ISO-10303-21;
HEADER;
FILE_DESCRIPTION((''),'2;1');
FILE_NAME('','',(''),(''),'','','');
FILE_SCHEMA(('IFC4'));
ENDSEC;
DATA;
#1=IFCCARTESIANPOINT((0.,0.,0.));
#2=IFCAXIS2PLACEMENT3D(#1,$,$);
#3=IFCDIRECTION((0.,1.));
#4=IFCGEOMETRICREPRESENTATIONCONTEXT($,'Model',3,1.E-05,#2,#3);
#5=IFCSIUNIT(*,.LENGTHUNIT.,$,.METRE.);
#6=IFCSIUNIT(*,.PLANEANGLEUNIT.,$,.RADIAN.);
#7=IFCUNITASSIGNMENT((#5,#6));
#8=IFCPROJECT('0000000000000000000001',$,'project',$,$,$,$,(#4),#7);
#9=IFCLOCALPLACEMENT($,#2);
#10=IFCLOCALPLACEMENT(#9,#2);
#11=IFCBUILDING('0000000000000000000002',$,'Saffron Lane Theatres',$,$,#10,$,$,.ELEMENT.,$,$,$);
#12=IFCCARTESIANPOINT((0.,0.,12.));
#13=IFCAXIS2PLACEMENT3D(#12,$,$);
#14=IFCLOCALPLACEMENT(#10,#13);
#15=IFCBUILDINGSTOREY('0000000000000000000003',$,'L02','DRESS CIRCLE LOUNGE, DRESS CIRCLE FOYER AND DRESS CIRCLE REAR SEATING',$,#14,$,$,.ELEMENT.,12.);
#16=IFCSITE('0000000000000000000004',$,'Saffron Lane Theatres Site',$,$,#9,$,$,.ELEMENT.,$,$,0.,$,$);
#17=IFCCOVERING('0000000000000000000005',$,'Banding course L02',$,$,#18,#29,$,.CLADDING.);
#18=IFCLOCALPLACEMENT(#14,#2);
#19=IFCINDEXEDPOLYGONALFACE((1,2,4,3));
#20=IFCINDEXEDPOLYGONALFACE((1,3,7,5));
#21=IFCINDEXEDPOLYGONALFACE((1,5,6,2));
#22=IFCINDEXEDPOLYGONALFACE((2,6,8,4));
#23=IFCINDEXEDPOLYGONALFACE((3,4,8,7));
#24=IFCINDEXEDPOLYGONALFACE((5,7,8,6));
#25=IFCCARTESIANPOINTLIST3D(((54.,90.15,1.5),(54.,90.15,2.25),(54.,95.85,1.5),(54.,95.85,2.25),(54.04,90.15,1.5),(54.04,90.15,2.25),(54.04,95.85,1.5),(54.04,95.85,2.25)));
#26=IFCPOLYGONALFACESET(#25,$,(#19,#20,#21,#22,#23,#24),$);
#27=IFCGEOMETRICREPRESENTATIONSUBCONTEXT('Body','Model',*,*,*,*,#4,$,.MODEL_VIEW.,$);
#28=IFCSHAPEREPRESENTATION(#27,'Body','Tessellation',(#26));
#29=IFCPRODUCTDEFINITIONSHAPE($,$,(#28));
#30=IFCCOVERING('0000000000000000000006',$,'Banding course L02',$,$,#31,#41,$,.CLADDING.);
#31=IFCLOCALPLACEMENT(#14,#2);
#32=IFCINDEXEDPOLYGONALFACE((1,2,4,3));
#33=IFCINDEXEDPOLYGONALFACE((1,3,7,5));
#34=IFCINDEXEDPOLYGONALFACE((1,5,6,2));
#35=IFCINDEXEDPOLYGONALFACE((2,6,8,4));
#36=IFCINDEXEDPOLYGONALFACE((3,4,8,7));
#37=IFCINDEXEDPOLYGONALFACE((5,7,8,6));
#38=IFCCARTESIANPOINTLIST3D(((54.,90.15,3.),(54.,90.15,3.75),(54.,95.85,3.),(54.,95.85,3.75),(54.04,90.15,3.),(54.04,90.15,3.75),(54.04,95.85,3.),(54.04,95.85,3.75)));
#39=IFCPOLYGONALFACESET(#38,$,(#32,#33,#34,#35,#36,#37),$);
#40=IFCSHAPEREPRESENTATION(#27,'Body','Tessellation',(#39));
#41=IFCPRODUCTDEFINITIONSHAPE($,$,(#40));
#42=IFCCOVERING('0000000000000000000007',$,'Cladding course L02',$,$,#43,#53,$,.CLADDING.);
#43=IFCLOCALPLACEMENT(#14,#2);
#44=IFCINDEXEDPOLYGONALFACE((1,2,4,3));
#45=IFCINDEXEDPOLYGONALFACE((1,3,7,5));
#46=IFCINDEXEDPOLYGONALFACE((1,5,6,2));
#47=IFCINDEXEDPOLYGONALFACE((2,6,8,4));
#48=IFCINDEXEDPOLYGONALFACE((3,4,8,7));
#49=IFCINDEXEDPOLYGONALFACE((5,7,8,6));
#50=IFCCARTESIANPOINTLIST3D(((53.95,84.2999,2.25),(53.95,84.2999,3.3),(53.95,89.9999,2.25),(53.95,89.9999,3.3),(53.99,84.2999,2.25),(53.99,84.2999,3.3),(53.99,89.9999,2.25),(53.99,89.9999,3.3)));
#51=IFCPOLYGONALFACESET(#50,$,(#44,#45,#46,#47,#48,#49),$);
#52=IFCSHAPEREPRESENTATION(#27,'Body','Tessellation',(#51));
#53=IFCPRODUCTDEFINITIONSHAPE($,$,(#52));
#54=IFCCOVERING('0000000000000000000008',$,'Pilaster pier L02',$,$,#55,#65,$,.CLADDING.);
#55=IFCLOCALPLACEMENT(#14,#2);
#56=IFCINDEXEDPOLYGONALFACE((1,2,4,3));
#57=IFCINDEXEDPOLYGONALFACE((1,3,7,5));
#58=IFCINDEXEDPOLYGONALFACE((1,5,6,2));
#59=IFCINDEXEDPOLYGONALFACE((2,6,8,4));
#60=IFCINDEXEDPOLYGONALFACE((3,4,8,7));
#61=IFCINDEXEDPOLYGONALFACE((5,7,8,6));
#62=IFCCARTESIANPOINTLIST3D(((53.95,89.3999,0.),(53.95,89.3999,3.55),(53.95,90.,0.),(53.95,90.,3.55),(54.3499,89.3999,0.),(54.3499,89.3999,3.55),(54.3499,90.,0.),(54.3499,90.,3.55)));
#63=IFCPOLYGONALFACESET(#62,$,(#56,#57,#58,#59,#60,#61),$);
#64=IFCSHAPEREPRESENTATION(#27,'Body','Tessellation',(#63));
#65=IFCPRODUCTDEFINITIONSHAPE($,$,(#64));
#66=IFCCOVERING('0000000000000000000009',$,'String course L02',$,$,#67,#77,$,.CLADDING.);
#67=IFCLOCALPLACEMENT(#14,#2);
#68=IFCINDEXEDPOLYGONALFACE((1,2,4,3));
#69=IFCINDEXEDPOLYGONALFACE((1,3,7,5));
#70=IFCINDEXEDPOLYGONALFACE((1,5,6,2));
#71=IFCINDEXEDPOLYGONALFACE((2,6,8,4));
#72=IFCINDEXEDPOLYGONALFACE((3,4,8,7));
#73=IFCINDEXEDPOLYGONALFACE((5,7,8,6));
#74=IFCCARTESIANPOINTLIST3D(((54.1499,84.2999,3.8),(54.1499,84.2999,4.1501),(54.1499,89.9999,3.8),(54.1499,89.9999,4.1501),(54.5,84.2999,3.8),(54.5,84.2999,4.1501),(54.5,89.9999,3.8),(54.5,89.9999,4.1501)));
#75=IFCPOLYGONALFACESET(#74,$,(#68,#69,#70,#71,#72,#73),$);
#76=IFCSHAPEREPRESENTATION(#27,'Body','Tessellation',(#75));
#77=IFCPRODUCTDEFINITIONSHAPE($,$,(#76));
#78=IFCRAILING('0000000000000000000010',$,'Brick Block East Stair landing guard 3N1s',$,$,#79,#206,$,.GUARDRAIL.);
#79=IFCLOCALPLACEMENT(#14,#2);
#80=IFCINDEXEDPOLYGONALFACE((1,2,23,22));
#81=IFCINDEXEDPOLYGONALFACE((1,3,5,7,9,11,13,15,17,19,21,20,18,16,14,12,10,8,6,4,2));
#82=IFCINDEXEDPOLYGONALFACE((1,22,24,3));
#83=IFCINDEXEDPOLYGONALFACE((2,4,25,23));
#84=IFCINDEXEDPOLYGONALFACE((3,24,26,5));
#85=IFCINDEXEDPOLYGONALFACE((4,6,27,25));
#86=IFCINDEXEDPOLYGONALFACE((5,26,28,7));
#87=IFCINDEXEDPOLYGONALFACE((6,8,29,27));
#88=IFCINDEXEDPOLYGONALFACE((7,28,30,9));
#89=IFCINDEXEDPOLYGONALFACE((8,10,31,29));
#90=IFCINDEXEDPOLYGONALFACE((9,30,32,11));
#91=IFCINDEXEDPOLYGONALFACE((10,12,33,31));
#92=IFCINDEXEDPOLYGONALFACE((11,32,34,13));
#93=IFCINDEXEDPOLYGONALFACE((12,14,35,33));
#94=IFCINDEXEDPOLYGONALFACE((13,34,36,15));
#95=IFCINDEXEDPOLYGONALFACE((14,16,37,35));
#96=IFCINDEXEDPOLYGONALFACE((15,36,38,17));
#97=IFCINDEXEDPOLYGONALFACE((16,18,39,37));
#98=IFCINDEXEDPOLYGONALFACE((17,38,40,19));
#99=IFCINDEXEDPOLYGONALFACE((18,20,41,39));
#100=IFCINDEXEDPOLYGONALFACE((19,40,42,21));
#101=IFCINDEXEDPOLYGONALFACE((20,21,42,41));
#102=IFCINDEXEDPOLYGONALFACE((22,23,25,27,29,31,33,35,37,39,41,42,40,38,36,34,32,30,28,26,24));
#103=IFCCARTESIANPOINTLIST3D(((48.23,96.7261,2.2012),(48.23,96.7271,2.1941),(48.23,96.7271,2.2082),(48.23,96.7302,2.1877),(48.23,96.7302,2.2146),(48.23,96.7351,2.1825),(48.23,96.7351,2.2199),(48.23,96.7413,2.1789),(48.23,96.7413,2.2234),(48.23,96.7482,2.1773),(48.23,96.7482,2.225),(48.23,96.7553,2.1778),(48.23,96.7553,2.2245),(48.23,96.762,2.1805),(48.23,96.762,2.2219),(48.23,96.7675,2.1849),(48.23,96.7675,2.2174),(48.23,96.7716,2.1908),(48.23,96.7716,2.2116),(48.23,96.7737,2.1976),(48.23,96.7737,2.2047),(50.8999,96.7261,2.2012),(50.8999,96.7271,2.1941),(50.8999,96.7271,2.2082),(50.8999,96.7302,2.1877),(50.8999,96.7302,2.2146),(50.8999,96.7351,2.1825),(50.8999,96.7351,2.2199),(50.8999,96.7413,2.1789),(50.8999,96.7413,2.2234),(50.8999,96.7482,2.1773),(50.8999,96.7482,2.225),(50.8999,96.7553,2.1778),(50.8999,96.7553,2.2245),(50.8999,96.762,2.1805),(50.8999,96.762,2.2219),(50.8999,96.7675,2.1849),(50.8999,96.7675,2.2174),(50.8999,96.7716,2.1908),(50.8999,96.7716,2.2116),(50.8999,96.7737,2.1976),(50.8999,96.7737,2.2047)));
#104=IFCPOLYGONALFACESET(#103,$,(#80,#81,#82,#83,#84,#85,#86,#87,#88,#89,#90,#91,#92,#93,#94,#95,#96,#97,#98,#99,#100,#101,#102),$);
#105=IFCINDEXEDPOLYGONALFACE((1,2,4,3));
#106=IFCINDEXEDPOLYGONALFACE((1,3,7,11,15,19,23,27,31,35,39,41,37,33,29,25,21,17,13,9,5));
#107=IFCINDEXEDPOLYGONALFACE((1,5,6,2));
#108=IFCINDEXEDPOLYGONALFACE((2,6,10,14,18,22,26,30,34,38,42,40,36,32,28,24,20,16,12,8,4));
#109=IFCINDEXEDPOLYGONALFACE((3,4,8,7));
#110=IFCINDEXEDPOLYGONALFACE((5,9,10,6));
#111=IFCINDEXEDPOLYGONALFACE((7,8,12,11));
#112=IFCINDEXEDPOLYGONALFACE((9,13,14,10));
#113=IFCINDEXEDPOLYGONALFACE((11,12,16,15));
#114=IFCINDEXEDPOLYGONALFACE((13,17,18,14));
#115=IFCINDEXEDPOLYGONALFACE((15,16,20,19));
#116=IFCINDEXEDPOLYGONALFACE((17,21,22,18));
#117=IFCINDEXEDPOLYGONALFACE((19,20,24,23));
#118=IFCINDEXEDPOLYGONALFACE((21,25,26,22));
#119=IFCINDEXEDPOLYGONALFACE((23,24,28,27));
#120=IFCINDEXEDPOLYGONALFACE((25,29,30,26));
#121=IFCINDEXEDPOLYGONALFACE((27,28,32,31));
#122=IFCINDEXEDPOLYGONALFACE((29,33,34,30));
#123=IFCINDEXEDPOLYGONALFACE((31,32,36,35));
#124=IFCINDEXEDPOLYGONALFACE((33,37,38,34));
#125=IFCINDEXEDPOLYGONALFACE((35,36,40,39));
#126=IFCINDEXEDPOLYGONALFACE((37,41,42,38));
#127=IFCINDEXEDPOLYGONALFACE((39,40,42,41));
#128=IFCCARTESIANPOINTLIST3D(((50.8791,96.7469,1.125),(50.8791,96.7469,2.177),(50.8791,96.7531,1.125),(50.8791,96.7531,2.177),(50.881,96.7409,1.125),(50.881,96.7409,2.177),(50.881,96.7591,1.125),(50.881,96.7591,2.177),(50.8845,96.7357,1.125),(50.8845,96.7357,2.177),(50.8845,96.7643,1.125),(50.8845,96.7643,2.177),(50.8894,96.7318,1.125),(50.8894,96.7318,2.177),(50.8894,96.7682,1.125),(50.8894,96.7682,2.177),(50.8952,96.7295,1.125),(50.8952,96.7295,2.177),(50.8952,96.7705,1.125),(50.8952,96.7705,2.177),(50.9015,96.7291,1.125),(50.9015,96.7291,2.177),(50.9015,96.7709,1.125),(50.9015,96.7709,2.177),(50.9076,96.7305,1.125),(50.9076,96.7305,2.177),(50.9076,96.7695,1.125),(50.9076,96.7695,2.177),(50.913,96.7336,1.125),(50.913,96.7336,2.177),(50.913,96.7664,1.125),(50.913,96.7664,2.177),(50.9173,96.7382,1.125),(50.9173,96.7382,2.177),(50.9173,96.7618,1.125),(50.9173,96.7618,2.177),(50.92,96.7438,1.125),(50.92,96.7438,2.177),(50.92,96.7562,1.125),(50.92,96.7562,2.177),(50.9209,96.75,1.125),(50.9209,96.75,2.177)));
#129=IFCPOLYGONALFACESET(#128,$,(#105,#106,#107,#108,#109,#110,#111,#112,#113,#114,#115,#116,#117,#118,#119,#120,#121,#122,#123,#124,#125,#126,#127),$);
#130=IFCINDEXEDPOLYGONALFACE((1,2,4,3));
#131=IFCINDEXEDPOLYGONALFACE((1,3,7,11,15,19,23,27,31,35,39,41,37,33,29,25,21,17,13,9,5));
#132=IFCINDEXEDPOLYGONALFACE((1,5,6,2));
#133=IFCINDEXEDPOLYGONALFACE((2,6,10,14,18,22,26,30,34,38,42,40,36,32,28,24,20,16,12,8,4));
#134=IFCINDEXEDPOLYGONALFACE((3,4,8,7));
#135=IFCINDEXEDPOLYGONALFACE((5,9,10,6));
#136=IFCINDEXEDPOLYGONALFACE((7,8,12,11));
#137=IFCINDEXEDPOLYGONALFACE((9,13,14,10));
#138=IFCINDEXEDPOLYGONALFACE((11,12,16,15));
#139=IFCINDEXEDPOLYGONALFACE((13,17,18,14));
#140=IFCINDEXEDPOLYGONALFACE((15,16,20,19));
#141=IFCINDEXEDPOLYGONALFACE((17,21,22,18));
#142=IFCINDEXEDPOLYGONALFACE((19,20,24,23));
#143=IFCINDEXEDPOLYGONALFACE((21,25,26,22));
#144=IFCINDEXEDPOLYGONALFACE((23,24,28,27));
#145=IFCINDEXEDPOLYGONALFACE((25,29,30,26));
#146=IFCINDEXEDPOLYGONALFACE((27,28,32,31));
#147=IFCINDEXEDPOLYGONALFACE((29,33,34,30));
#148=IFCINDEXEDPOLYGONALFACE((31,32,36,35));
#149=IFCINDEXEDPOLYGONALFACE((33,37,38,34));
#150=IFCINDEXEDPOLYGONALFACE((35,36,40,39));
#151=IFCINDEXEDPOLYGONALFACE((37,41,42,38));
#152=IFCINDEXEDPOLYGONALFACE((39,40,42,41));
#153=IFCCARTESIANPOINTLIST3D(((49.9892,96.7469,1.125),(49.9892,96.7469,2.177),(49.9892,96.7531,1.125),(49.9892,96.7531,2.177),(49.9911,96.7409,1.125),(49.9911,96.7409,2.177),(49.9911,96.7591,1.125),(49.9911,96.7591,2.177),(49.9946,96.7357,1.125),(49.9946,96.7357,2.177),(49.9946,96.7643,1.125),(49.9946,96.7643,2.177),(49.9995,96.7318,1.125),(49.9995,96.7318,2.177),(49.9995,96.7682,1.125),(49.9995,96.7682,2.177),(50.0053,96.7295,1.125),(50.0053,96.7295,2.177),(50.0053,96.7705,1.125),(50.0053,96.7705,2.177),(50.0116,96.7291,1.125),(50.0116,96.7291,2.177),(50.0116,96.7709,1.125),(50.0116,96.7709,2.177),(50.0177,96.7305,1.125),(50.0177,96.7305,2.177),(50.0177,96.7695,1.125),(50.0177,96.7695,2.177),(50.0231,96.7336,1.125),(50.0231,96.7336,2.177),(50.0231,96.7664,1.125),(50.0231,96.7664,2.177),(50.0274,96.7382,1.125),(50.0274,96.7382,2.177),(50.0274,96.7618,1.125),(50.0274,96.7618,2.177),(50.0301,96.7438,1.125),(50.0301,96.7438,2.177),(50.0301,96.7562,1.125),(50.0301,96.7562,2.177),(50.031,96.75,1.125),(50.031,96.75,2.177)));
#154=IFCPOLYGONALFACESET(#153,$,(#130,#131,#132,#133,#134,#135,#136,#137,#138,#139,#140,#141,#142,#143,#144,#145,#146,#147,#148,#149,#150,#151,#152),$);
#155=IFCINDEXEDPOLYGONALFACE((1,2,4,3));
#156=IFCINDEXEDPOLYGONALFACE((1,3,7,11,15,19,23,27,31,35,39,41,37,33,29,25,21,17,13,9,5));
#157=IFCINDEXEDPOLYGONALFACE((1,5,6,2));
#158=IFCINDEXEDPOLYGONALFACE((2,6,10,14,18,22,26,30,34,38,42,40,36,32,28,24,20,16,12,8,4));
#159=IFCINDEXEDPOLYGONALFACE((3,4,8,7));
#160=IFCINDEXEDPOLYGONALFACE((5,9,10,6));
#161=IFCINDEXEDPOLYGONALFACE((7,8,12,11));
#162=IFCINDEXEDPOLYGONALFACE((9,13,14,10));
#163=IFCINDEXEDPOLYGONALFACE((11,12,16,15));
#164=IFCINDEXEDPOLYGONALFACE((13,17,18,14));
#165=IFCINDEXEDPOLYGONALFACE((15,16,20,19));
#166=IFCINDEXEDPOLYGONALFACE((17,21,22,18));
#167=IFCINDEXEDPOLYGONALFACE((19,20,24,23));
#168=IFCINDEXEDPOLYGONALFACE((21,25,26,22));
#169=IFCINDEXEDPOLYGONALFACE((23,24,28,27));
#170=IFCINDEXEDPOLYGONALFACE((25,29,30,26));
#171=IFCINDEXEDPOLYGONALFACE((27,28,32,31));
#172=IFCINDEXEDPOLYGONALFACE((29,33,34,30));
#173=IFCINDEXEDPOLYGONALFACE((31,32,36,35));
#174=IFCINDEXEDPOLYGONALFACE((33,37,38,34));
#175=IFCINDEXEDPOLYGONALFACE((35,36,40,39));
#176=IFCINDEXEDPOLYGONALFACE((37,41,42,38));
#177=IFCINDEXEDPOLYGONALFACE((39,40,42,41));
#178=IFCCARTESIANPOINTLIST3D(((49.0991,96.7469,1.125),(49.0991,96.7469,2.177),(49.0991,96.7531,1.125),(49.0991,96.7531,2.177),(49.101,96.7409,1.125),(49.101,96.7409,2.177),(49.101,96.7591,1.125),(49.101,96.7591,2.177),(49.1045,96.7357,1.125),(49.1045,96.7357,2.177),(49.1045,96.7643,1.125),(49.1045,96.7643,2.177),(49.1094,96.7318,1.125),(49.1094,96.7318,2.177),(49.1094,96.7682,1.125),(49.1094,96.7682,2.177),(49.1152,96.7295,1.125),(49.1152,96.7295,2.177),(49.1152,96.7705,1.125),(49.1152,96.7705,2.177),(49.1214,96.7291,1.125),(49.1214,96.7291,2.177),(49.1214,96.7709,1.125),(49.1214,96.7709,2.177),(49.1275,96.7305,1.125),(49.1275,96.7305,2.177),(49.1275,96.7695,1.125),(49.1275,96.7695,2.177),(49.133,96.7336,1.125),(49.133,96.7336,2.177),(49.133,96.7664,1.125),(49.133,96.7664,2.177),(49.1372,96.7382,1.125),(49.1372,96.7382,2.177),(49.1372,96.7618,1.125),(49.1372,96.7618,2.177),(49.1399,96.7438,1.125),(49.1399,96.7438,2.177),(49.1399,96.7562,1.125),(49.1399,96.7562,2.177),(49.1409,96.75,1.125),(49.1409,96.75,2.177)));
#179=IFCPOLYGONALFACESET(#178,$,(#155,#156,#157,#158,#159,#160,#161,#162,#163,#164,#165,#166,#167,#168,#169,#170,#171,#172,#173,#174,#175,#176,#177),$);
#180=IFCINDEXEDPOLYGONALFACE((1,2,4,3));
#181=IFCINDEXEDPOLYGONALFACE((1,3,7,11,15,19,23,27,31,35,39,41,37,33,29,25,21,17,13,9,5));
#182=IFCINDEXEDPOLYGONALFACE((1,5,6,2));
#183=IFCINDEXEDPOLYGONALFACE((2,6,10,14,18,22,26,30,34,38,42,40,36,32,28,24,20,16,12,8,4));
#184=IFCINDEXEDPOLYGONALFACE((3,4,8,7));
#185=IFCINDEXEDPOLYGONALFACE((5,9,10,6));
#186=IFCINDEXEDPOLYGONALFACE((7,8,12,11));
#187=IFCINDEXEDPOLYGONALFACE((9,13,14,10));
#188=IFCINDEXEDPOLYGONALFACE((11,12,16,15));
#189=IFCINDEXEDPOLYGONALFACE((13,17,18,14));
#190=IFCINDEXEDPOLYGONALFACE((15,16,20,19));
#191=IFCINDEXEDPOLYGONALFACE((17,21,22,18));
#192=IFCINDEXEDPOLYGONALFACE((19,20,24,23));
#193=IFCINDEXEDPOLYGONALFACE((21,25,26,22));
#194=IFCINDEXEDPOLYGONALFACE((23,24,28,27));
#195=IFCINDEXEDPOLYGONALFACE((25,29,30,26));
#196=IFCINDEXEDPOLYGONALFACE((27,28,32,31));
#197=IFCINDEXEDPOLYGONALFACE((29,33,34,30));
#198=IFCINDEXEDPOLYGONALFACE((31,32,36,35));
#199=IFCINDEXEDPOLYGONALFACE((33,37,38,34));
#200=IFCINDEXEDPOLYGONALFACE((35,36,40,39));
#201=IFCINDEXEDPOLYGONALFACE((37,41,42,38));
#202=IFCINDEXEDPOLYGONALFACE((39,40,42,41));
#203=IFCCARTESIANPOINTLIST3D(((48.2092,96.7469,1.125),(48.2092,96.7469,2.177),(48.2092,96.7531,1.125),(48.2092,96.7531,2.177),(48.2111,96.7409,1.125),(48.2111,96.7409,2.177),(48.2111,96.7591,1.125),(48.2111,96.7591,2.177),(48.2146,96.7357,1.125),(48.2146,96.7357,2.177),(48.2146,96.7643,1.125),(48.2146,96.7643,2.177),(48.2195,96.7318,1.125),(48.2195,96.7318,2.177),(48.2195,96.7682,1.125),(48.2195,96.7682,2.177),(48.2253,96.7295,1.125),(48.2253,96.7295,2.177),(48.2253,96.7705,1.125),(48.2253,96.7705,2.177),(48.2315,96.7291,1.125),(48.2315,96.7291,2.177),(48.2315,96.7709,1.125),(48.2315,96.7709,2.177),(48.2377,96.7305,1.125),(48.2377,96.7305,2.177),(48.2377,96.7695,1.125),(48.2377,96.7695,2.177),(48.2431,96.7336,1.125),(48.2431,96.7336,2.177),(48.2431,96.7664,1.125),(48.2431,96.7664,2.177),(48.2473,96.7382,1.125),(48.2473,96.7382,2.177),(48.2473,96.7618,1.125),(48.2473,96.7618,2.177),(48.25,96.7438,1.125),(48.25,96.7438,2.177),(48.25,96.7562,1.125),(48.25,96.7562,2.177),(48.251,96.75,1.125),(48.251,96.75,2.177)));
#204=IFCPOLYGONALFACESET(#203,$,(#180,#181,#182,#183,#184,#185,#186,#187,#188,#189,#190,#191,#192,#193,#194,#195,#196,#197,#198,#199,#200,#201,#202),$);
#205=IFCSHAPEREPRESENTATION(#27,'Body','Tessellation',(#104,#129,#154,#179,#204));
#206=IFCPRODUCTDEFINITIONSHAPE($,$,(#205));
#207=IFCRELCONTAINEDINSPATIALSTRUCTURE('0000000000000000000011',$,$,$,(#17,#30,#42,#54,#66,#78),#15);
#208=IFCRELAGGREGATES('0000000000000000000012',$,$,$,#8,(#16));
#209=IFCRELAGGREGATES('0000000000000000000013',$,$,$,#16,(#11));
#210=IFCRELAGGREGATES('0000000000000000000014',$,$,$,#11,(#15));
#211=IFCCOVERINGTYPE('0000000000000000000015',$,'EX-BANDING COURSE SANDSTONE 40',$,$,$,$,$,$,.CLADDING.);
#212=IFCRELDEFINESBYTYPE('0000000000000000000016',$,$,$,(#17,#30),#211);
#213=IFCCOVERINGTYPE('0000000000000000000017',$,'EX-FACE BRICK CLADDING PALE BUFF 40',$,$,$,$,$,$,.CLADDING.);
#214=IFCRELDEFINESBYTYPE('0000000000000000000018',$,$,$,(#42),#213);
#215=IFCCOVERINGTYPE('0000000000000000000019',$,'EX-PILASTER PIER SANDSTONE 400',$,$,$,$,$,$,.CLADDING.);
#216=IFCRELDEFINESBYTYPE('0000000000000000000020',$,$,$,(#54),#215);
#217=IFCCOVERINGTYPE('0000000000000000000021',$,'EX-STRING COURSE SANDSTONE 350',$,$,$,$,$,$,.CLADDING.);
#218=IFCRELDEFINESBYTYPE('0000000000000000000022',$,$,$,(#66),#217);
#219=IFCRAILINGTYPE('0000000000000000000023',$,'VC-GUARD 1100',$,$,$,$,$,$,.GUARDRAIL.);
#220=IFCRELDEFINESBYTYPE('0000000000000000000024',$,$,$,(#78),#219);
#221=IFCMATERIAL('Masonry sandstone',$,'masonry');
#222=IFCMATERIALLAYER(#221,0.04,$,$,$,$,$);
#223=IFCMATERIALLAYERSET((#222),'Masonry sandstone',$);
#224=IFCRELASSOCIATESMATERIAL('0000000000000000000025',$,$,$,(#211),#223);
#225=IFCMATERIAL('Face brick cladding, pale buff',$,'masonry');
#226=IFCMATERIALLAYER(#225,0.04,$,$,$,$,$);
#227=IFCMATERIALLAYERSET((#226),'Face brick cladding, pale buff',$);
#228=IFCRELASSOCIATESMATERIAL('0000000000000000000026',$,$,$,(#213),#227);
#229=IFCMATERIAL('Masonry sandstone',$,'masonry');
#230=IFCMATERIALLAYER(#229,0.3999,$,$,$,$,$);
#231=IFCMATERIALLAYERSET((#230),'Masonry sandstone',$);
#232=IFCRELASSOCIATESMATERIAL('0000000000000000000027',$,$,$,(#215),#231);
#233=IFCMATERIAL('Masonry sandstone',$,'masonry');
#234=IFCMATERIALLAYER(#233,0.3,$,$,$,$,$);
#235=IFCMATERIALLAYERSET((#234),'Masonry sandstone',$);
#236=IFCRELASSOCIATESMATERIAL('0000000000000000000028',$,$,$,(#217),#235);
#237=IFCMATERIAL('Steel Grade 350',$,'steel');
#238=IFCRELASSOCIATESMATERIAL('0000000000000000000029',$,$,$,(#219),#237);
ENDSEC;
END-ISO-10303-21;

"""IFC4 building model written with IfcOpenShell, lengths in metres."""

from ifc_helpers import new_model, si_unit, direction, frame, origin, origin_2d, place, context, subcontext, project, spatial, rectangle, circle, extrude, material, layer, layer_set, type_object, element, save


model = new_model("IFC4")

# Units and contexts
model_context = context("Model", 3, precision=1e-05, world=origin(), true_north=direction((0.0, 1.0)))
body_context = subcontext(model_context, "Body", "Model", "MODEL_VIEW")
ifc_project = project(units=[si_unit("LENGTHUNIT", "METRE"), si_unit("PLANEANGLEUNIT", "RADIAN")], contexts=[model_context])

# Site, building, storey
site_placement = place(None, origin())
site = spatial("IfcSite", under=ifc_project, at=site_placement, Name="Saffron Lane Theatres Site", CompositionType="ELEMENT", RefElevation=0.0)
building_placement = place(site_placement, origin())
building = spatial("IfcBuilding", under=site, at=building_placement, Name="Saffron Lane Theatres", CompositionType="ELEMENT")
storey_placement = place(building_placement, frame((0.0, 0.0, 12.0)))
storey = spatial("IfcBuildingStorey", under=building, at=storey_placement, Name="L02", Description="DRESS CIRCLE LOUNGE, DRESS CIRCLE FOYER AND DRESS CIRCLE REAR SEATING", CompositionType="ELEMENT", Elevation=12.0)

# Coverings
ifc_material_1 = material(Name="Masonry sandstone", Category="masonry")
ifc_layer_1 = layer(ifc_material_1, 0.04)
ifc_layer_set_1 = layer_set([ifc_layer_1], Name="Masonry sandstone")
covering_type_1 = type_object("IfcCoveringType", Name="EX-BANDING COURSE SANDSTONE 40", PredefinedType="CLADDING", material=ifc_layer_set_1)
for number, where, z_axis, x_axis, name in (
    (1, (54.02, 93.0, 1.5), (0.0, 0.0, 1.0), (0.0, 1.0, 0.0), "Banding course L02"),
    (2, (54.02, 93.0, 3.0), (0.0, 0.0, 1.0), (0.0, 1.0, 0.0), "Banding course L02"),
):
    element("IfcCovering", number, at=place(storey_placement, frame(where, z_axis=z_axis, x_axis=x_axis)), inside=storey, type_object=covering_type_1, Name=name, PredefinedType="CLADDING", context=body_context, shape_type="SweptSolid", body=[
        extrude(rectangle(XDim=5.7, YDim=0.04, at=origin_2d()), origin(), (0.0, 0.0, 1.0), 0.75),
    ])
ifc_material_2 = material(Name="Face brick cladding, pale buff", Category="masonry")
ifc_layer_2 = layer(ifc_material_2, 0.04)
ifc_layer_set_2 = layer_set([ifc_layer_2], Name="Face brick cladding, pale buff")
covering_type_2 = type_object("IfcCoveringType", Name="EX-FACE BRICK CLADDING PALE BUFF 40", PredefinedType="CLADDING", material=ifc_layer_set_2)
covering_1_placement = place(storey_placement, frame((53.97, 87.1499, 2.25), z_axis=(0.0, 0.0, 1.0), x_axis=(0.0, -1.0, 0.0)))
element("IfcCovering", 3, at=covering_1_placement, inside=storey, type_object=covering_type_2, Name="Cladding course L02", PredefinedType="CLADDING", context=body_context, shape_type="SweptSolid", body=[
    extrude(rectangle(XDim=5.7, YDim=0.04, at=origin_2d()), origin(), (0.0, 0.0, 1.0), 1.05),
])
ifc_material_3 = material(Name="Masonry sandstone", Category="masonry")
ifc_layer_3 = layer(ifc_material_3, 0.3999)
ifc_layer_set_3 = layer_set([ifc_layer_3], Name="Masonry sandstone")
covering_type_3 = type_object("IfcCoveringType", Name="EX-PILASTER PIER SANDSTONE 400", PredefinedType="CLADDING", material=ifc_layer_set_3)
covering_2_placement = place(storey_placement, frame((54.1499, 89.7, 0.0), z_axis=(0.0, 0.0, 1.0), x_axis=(0.0, -1.0, 0.0)))
element("IfcCovering", 4, at=covering_2_placement, inside=storey, type_object=covering_type_3, Name="Pilaster pier L02", PredefinedType="CLADDING", context=body_context, shape_type="SweptSolid", body=[
    extrude(rectangle(XDim=0.6001, YDim=0.3999, at=origin_2d()), origin(), (0.0, 0.0, 1.0), 3.55),
])
ifc_material_4 = material(Name="Masonry sandstone", Category="masonry")
ifc_layer_4 = layer(ifc_material_4, 0.3)
ifc_layer_set_4 = layer_set([ifc_layer_4], Name="Masonry sandstone")
covering_type_4 = type_object("IfcCoveringType", Name="EX-STRING COURSE SANDSTONE 350", PredefinedType="CLADDING", material=ifc_layer_set_4)
covering_3_placement = place(storey_placement, frame((54.325, 87.1499, 3.8), z_axis=(0.0, 0.0, 1.0), x_axis=(0.0, -1.0, 0.0)))
element("IfcCovering", 5, at=covering_3_placement, inside=storey, type_object=covering_type_4, Name="String course L02", PredefinedType="CLADDING", context=body_context, shape_type="SweptSolid", body=[
    extrude(rectangle(XDim=5.7, YDim=0.3501, at=origin_2d()), origin(), (0.0, 0.0, 1.0), 0.3501),
])

# Railing
ifc_material_5 = material(Name="Steel Grade 350", Category="steel")
railing_type_1 = type_object("IfcRailingType", Name="VC-GUARD 1100", PredefinedType="GUARDRAIL", material=ifc_material_5)
railing_1_placement = place(storey_placement, frame((50.8999, 96.75, 1.125)))
element("IfcRailing", 6, at=railing_1_placement, inside=storey, type_object=railing_type_1, Name="Brick Block East Stair landing guard 3N1s", PredefinedType="GUARDRAIL", context=body_context, shape_type="SweptSolid", body=[
    extrude(circle(Radius=0.0239, at=origin_2d()), frame((0.0, 0.0, 1.0762), z_axis=(-1.0, 0.0, 0.0), x_axis=(0.0, -1.0, 0.0)), (0.0, 0.0, 1.0), 2.6699),
    extrude(circle(Radius=0.021, at=origin_2d()), origin(), (0.0, 0.0, 1.0), 1.052),
    extrude(circle(Radius=0.021, at=origin_2d()), frame((-0.8899, 0.0, 0.0)), (0.0, 0.0, 1.0), 1.052),
    extrude(circle(Radius=0.021, at=origin_2d()), frame((-1.78, 0.0, 0.0)), (0.0, 0.0, 1.0), 1.052),
    extrude(circle(Radius=0.021, at=origin_2d()), frame((-2.6699, 0.0, 0.0)), (0.0, 0.0, 1.0), 1.052),
])

save(model, "model.ifc")
